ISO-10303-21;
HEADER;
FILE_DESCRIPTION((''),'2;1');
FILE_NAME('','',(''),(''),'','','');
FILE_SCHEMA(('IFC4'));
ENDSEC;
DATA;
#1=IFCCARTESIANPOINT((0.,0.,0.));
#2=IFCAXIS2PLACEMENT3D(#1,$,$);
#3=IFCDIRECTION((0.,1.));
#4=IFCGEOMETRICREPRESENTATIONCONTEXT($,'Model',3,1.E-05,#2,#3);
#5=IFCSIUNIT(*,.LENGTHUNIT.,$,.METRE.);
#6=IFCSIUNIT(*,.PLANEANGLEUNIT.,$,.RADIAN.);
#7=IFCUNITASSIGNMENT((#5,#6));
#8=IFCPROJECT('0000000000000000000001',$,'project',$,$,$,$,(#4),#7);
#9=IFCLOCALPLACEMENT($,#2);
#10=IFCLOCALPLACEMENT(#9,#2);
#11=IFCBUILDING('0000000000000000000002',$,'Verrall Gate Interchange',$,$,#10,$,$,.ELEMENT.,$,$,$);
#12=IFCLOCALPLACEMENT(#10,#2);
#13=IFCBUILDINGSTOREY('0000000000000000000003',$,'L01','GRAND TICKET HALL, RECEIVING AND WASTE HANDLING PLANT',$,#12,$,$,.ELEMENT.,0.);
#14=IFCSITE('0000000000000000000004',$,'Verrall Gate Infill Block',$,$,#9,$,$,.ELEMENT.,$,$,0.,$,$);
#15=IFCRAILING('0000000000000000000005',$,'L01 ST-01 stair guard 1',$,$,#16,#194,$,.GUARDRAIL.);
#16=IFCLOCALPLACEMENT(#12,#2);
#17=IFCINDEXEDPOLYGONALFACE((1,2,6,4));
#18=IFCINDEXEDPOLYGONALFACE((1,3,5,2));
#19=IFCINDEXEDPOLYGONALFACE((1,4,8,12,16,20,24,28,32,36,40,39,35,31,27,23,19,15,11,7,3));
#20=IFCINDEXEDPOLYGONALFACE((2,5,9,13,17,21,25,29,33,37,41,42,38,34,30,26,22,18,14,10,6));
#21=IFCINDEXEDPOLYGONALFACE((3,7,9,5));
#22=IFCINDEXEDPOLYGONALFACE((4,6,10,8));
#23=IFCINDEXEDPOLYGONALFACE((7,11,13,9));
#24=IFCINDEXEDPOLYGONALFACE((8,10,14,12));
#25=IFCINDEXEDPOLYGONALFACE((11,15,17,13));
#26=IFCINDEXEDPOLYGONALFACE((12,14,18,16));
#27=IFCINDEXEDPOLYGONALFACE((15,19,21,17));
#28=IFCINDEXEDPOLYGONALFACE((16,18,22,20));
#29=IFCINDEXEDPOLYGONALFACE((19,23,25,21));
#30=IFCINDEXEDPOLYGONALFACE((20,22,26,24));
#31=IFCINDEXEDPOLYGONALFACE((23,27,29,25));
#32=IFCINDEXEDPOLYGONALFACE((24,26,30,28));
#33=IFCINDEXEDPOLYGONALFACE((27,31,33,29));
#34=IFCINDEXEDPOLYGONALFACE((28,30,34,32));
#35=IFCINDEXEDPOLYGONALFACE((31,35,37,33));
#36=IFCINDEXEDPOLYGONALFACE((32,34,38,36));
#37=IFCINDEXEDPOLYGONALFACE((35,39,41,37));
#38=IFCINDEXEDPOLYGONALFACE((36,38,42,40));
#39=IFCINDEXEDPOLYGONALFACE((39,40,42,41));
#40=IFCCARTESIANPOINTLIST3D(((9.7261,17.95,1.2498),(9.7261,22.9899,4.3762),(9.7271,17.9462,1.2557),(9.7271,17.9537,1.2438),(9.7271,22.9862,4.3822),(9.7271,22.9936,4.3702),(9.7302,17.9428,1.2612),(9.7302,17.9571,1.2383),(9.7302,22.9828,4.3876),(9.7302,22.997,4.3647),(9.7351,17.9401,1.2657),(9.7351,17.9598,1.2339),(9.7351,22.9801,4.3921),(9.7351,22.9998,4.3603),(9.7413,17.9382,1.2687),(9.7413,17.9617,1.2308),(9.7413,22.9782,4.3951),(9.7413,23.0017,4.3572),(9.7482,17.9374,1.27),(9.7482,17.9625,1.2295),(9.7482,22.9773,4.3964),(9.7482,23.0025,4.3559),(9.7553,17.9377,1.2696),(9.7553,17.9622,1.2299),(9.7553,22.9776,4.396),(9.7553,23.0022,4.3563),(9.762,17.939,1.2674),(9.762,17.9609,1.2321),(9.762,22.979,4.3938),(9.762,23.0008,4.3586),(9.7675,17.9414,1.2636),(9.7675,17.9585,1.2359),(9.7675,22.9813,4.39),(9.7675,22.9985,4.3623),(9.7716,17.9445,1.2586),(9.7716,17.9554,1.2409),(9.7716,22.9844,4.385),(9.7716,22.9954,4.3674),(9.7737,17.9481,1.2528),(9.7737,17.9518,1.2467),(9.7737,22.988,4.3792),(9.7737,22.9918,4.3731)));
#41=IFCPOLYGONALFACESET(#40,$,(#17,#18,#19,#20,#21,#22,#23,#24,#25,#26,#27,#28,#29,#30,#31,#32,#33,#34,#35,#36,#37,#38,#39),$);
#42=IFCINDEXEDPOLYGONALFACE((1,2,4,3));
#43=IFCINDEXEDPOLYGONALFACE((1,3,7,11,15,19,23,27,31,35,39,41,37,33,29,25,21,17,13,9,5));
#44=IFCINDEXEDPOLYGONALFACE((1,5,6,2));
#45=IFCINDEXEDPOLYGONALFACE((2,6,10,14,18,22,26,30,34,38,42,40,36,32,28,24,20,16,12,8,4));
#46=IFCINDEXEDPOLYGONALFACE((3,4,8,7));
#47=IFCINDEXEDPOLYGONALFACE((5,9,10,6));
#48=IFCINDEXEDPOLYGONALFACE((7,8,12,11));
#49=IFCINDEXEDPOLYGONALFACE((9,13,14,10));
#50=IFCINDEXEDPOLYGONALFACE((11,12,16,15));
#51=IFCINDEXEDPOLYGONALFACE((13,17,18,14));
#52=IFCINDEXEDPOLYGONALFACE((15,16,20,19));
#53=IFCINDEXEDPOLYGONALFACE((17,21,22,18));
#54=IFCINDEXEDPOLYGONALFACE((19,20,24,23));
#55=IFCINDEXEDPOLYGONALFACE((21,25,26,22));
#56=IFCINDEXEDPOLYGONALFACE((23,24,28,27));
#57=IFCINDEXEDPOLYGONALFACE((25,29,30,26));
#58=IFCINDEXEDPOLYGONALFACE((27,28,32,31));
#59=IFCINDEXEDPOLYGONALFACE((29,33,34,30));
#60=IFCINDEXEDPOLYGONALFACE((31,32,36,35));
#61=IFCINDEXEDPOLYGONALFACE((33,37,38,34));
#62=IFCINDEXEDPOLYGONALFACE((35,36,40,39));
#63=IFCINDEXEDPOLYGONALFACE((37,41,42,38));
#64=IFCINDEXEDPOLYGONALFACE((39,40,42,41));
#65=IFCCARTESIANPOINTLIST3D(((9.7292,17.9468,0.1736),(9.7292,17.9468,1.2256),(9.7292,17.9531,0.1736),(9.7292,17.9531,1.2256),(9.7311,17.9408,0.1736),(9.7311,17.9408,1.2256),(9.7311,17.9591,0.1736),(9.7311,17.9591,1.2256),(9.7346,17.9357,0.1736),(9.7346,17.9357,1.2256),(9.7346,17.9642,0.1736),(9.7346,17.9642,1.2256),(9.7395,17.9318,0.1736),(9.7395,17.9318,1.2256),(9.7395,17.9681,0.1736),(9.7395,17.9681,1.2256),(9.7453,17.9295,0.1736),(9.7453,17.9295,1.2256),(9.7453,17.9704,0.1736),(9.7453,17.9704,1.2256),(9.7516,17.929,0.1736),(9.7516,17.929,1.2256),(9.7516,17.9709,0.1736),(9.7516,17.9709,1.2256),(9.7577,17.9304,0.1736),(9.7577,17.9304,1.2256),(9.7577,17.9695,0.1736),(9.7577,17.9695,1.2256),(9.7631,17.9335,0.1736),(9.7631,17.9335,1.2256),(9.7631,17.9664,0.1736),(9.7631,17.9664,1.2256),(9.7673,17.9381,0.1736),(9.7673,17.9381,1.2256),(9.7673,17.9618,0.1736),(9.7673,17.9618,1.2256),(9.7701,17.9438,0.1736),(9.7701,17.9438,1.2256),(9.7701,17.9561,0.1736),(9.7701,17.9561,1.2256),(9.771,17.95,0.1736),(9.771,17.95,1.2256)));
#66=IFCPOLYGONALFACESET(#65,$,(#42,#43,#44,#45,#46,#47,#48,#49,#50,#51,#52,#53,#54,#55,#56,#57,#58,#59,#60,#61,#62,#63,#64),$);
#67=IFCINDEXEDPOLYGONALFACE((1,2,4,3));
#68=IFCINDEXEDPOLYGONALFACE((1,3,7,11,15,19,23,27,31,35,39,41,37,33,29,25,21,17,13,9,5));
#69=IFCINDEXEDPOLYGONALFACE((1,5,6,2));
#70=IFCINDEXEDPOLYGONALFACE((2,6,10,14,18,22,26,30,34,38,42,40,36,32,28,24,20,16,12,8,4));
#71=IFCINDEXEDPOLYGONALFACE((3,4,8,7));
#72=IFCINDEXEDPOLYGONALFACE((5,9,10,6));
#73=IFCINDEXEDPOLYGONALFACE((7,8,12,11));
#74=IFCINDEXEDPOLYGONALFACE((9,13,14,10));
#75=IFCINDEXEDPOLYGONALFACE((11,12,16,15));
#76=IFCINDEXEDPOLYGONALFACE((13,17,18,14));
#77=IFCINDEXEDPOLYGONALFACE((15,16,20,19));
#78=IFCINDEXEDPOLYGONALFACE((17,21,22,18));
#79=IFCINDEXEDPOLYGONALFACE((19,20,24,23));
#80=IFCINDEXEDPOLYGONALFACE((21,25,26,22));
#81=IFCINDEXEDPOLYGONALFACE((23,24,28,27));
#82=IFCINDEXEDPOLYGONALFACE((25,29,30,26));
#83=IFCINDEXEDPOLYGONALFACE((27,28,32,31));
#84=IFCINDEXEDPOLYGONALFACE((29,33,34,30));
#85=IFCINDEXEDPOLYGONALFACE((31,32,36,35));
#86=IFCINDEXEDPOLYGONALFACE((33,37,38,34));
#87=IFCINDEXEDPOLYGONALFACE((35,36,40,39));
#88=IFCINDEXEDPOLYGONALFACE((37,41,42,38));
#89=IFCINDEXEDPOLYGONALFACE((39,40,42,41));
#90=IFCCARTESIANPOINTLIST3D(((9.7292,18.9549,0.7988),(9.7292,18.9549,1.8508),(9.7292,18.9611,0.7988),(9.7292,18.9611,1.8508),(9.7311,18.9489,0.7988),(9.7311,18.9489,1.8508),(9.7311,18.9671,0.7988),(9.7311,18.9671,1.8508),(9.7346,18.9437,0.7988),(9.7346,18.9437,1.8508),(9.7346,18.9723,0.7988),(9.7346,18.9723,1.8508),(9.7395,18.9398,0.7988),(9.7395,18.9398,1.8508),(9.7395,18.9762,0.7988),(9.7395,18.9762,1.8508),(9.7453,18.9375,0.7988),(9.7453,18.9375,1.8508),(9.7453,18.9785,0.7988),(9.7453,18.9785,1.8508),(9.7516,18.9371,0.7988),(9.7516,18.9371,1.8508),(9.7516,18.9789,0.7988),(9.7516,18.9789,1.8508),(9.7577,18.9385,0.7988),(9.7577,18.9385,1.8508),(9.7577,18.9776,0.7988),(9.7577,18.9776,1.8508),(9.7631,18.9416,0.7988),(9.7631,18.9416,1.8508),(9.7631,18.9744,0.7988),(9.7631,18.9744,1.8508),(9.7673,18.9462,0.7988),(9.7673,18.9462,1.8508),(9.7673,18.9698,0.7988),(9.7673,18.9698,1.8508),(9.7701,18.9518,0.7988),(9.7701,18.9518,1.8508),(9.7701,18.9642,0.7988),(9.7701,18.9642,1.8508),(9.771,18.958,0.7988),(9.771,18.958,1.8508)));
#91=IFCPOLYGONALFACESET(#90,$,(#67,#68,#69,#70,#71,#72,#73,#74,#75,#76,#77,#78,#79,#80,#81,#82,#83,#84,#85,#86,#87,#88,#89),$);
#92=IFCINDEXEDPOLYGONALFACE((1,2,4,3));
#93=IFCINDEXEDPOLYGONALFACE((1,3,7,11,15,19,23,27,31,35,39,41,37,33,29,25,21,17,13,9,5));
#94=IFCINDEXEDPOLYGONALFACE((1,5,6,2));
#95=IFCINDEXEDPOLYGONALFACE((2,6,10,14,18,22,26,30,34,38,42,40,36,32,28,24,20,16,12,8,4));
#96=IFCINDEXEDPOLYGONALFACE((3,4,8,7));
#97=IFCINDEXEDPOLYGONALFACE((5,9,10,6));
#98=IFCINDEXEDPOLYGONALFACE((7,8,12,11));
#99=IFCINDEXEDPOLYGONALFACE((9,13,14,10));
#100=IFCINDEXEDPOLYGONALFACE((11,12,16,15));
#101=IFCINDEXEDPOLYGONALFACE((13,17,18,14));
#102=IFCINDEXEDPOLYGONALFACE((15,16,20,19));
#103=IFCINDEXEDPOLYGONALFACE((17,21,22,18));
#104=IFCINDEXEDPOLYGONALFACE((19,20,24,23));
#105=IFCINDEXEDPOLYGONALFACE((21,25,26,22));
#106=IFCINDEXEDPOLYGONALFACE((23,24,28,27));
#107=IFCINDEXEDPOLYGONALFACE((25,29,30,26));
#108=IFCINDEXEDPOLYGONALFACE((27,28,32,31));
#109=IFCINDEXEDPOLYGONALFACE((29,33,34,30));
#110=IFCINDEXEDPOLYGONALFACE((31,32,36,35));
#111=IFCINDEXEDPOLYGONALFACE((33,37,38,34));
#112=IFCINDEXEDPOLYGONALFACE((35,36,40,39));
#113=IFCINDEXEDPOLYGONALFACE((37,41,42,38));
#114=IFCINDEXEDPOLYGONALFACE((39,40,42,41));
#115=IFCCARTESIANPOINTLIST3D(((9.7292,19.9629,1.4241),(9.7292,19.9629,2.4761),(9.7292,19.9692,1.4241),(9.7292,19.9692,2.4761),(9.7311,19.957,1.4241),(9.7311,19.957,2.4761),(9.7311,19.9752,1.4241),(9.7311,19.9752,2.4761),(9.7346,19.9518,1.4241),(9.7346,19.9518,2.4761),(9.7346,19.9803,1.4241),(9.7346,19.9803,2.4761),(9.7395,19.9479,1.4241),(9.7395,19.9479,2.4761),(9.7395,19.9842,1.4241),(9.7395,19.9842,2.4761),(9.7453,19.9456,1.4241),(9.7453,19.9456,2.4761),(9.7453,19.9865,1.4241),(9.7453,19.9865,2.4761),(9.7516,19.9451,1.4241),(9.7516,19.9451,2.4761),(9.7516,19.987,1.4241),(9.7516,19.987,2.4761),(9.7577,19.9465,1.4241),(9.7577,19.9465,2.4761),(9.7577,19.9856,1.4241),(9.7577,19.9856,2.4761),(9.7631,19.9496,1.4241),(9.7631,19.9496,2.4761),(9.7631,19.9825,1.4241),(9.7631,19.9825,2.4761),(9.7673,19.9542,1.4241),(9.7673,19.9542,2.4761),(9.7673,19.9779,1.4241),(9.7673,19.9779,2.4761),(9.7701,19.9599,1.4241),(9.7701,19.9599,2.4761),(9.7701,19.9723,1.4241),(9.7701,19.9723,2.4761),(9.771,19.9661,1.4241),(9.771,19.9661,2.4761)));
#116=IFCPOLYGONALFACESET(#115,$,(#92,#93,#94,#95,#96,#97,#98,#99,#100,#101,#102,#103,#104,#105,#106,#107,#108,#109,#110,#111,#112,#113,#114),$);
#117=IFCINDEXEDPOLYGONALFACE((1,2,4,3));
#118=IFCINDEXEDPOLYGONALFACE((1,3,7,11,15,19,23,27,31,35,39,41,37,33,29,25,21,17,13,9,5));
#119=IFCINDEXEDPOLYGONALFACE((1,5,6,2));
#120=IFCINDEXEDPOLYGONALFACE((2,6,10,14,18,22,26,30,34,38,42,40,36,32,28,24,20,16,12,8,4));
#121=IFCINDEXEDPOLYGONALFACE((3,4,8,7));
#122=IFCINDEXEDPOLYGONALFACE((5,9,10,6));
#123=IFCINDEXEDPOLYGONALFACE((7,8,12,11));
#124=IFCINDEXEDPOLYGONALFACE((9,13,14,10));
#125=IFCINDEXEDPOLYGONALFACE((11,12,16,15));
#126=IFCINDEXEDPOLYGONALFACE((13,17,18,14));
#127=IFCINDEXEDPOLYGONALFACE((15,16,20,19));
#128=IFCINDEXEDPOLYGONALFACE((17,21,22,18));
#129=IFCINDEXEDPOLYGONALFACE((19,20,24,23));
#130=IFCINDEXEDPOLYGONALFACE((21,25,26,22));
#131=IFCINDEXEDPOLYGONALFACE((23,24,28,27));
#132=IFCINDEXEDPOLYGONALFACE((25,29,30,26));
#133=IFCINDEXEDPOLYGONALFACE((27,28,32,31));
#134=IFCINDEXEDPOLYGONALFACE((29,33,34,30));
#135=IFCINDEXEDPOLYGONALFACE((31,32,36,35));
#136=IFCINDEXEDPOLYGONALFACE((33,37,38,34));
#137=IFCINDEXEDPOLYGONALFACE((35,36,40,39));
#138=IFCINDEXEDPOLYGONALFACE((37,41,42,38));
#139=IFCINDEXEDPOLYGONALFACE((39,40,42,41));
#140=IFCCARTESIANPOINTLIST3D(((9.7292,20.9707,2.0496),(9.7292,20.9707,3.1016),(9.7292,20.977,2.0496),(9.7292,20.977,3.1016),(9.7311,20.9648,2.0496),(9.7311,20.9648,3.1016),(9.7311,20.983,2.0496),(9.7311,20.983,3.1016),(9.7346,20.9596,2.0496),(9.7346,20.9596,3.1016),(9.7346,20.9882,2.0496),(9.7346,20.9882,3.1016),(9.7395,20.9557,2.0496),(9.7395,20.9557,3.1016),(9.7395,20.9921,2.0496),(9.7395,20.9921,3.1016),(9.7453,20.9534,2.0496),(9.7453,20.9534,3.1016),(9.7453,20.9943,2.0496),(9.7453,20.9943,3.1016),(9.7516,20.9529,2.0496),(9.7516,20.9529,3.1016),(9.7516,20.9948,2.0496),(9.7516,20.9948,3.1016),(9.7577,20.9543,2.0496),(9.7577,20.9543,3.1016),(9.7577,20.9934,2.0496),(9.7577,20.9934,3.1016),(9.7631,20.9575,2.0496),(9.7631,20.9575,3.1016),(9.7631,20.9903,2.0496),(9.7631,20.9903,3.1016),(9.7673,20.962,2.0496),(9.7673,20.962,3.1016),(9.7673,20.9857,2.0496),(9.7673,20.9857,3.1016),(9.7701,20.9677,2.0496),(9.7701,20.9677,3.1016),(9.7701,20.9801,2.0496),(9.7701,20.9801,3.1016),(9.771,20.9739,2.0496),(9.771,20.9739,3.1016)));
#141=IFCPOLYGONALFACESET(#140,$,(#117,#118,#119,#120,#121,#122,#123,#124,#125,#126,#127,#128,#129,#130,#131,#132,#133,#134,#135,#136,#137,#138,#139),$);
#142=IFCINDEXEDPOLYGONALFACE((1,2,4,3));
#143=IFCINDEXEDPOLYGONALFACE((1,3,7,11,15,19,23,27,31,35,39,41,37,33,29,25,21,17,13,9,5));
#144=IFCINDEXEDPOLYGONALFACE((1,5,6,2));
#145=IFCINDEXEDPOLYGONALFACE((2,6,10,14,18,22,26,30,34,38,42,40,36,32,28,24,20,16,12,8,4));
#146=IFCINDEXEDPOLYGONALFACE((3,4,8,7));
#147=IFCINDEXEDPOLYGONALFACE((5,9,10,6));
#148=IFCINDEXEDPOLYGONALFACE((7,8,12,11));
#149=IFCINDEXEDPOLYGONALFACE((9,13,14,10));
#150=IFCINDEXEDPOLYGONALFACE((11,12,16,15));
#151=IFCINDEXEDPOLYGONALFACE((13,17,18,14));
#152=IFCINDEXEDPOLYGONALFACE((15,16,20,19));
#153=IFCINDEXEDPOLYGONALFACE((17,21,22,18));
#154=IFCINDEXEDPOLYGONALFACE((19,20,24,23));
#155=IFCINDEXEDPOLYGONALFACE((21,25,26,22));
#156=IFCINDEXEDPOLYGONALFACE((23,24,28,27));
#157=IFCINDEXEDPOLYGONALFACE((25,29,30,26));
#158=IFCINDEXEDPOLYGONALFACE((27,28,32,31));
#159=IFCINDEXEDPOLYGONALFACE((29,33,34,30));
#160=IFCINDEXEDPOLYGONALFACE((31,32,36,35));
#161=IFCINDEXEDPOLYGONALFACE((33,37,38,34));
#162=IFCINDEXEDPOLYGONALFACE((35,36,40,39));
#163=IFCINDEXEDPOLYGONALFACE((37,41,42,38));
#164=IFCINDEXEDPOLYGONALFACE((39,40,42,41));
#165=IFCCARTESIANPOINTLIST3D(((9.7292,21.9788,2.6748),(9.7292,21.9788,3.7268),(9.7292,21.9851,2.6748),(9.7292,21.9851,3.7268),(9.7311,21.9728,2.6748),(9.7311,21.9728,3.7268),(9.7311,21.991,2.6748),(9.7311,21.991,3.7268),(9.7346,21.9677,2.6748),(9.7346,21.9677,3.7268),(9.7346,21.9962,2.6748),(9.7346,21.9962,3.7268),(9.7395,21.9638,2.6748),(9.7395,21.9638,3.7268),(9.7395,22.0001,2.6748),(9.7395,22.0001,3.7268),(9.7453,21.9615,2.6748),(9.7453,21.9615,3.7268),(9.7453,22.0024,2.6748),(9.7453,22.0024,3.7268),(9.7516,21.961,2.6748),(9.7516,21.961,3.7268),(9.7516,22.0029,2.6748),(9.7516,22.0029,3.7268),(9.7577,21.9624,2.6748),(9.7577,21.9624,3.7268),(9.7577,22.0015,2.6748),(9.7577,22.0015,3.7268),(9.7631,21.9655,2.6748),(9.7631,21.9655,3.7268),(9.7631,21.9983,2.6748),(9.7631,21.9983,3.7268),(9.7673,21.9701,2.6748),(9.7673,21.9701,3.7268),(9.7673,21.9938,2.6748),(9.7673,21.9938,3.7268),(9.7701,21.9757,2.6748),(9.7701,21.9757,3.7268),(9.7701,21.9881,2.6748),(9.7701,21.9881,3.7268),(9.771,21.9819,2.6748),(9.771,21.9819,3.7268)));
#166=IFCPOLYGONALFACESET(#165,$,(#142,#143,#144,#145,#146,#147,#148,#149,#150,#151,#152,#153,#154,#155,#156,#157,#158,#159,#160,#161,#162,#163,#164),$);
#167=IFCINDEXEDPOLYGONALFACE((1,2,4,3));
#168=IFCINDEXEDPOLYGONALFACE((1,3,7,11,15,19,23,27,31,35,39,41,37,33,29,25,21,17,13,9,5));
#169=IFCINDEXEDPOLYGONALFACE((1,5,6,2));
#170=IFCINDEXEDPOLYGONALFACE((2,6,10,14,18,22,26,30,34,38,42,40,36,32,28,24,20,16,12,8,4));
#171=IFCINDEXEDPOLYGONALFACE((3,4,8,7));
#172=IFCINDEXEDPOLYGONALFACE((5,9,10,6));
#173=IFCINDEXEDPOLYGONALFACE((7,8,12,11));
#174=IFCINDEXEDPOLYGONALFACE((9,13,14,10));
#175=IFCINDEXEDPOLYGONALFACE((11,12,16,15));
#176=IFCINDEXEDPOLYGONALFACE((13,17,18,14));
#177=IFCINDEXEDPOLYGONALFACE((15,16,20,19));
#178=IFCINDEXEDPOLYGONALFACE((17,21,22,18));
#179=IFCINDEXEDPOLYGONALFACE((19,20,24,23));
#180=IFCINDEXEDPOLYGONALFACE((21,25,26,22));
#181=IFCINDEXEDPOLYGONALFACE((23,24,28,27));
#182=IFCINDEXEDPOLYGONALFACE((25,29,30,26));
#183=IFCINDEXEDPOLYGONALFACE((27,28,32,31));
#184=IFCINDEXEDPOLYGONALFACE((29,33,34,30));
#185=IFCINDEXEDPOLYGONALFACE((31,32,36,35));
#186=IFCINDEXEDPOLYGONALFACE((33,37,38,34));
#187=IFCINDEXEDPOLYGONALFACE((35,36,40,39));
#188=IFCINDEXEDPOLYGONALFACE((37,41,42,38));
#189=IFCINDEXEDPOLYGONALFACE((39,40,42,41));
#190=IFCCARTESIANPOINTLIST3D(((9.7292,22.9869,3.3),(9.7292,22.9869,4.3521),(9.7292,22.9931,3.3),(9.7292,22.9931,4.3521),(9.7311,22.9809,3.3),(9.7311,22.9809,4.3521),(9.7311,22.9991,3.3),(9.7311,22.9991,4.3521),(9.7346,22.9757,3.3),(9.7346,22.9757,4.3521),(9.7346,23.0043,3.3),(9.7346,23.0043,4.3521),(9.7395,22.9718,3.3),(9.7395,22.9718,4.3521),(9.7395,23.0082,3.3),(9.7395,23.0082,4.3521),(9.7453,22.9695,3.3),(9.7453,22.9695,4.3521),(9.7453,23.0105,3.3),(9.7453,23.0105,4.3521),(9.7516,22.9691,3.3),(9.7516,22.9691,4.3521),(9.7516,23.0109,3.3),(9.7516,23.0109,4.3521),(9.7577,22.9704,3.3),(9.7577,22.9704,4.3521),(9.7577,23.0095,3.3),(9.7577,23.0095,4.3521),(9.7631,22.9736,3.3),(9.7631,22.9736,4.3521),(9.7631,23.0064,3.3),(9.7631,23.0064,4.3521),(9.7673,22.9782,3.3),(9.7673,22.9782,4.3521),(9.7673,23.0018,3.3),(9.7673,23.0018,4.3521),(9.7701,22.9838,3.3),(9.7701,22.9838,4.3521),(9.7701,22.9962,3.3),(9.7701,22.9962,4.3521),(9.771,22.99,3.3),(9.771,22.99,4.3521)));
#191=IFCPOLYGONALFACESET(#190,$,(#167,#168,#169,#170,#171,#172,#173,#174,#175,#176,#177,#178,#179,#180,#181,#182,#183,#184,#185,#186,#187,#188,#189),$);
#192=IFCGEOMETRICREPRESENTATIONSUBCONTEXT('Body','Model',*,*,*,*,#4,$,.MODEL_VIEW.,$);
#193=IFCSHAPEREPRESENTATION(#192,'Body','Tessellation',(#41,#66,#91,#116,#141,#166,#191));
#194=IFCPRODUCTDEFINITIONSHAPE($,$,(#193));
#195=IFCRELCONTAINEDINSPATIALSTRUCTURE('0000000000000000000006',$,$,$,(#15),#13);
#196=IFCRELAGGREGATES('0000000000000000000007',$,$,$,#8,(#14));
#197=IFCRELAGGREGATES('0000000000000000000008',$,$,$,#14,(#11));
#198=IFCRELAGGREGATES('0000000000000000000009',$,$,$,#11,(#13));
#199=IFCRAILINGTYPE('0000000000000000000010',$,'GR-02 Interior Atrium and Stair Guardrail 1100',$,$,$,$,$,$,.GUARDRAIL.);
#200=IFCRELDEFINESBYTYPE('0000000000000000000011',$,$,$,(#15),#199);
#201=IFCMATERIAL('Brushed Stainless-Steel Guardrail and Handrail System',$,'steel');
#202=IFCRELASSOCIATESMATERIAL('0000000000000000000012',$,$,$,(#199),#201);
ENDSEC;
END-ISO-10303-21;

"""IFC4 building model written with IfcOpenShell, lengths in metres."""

from ifc_helpers import new_model, si_unit, direction, frame, origin, origin_2d, place, context, subcontext, project, spatial, circle, extrude, material, type_object, element, save


model = new_model("IFC4")

# Units and contexts
model_context = context("Model", 3, precision=1e-05, world=origin(), true_north=direction((0.0, 1.0)))
body_context = subcontext(model_context, "Body", "Model", "MODEL_VIEW")
ifc_project = project(units=[si_unit("LENGTHUNIT", "METRE"), si_unit("PLANEANGLEUNIT", "RADIAN")], contexts=[model_context])

# Site, building, storey
site_placement = place(None, origin())
site = spatial("IfcSite", under=ifc_project, at=site_placement, Name="Verrall Gate Infill Block", CompositionType="ELEMENT", RefElevation=0.0)
building_placement = place(site_placement, origin())
building = spatial("IfcBuilding", under=site, at=building_placement, Name="Verrall Gate Interchange", CompositionType="ELEMENT")
storey_placement = place(building_placement, origin())
storey = spatial("IfcBuildingStorey", under=building, at=storey_placement, Name="L01", Description="GRAND TICKET HALL, RECEIVING AND WASTE HANDLING PLANT", CompositionType="ELEMENT", Elevation=0.0)

# Railing
ifc_material_1 = material(Name="Brushed Stainless-Steel Guardrail and Handrail System", Category="steel")
railing_type_1 = type_object("IfcRailingType", Name="GR-02 Interior Atrium and Stair Guardrail 1100", PredefinedType="GUARDRAIL", material=ifc_material_1)
railing_1_placement = place(storey_placement, frame((9.75, 17.95, 0.1736)))
element("IfcRailing", 1, at=railing_1_placement, inside=storey, type_object=railing_type_1, Name="L01 ST-01 stair guard 1", PredefinedType="GUARDRAIL", context=body_context, shape_type="SweptSolid", body=[
    extrude(circle(Radius=0.0239, at=origin_2d()), frame((0.0, 0.0, 1.0762), z_axis=(0.0, 0.849779, 0.527139), x_axis=(-1.0, 0.0, 0.0)), (0.0, 0.0, 1.0), 5.9309),
    extrude(circle(Radius=0.021, at=origin_2d()), origin(), (0.0, 0.0, 1.0), 1.052),
    extrude(circle(Radius=0.021, at=origin_2d()), frame((0.0, 1.0081, 0.6252)), (0.0, 0.0, 1.0), 1.052),
    extrude(circle(Radius=0.021, at=origin_2d()), frame((0.0, 2.0161, 1.2505)), (0.0, 0.0, 1.0), 1.052),
    extrude(circle(Radius=0.021, at=origin_2d()), frame((0.0, 3.0239, 1.876)), (0.0, 0.0, 1.0), 1.052),
    extrude(circle(Radius=0.021, at=origin_2d()), frame((0.0, 4.032, 2.5012)), (0.0, 0.0, 1.0), 1.052),
    extrude(circle(Radius=0.021, at=origin_2d()), frame((0.0, 5.04, 3.1265)), (0.0, 0.0, 1.0), 1.052),
])

save(model, "model.ifc")
